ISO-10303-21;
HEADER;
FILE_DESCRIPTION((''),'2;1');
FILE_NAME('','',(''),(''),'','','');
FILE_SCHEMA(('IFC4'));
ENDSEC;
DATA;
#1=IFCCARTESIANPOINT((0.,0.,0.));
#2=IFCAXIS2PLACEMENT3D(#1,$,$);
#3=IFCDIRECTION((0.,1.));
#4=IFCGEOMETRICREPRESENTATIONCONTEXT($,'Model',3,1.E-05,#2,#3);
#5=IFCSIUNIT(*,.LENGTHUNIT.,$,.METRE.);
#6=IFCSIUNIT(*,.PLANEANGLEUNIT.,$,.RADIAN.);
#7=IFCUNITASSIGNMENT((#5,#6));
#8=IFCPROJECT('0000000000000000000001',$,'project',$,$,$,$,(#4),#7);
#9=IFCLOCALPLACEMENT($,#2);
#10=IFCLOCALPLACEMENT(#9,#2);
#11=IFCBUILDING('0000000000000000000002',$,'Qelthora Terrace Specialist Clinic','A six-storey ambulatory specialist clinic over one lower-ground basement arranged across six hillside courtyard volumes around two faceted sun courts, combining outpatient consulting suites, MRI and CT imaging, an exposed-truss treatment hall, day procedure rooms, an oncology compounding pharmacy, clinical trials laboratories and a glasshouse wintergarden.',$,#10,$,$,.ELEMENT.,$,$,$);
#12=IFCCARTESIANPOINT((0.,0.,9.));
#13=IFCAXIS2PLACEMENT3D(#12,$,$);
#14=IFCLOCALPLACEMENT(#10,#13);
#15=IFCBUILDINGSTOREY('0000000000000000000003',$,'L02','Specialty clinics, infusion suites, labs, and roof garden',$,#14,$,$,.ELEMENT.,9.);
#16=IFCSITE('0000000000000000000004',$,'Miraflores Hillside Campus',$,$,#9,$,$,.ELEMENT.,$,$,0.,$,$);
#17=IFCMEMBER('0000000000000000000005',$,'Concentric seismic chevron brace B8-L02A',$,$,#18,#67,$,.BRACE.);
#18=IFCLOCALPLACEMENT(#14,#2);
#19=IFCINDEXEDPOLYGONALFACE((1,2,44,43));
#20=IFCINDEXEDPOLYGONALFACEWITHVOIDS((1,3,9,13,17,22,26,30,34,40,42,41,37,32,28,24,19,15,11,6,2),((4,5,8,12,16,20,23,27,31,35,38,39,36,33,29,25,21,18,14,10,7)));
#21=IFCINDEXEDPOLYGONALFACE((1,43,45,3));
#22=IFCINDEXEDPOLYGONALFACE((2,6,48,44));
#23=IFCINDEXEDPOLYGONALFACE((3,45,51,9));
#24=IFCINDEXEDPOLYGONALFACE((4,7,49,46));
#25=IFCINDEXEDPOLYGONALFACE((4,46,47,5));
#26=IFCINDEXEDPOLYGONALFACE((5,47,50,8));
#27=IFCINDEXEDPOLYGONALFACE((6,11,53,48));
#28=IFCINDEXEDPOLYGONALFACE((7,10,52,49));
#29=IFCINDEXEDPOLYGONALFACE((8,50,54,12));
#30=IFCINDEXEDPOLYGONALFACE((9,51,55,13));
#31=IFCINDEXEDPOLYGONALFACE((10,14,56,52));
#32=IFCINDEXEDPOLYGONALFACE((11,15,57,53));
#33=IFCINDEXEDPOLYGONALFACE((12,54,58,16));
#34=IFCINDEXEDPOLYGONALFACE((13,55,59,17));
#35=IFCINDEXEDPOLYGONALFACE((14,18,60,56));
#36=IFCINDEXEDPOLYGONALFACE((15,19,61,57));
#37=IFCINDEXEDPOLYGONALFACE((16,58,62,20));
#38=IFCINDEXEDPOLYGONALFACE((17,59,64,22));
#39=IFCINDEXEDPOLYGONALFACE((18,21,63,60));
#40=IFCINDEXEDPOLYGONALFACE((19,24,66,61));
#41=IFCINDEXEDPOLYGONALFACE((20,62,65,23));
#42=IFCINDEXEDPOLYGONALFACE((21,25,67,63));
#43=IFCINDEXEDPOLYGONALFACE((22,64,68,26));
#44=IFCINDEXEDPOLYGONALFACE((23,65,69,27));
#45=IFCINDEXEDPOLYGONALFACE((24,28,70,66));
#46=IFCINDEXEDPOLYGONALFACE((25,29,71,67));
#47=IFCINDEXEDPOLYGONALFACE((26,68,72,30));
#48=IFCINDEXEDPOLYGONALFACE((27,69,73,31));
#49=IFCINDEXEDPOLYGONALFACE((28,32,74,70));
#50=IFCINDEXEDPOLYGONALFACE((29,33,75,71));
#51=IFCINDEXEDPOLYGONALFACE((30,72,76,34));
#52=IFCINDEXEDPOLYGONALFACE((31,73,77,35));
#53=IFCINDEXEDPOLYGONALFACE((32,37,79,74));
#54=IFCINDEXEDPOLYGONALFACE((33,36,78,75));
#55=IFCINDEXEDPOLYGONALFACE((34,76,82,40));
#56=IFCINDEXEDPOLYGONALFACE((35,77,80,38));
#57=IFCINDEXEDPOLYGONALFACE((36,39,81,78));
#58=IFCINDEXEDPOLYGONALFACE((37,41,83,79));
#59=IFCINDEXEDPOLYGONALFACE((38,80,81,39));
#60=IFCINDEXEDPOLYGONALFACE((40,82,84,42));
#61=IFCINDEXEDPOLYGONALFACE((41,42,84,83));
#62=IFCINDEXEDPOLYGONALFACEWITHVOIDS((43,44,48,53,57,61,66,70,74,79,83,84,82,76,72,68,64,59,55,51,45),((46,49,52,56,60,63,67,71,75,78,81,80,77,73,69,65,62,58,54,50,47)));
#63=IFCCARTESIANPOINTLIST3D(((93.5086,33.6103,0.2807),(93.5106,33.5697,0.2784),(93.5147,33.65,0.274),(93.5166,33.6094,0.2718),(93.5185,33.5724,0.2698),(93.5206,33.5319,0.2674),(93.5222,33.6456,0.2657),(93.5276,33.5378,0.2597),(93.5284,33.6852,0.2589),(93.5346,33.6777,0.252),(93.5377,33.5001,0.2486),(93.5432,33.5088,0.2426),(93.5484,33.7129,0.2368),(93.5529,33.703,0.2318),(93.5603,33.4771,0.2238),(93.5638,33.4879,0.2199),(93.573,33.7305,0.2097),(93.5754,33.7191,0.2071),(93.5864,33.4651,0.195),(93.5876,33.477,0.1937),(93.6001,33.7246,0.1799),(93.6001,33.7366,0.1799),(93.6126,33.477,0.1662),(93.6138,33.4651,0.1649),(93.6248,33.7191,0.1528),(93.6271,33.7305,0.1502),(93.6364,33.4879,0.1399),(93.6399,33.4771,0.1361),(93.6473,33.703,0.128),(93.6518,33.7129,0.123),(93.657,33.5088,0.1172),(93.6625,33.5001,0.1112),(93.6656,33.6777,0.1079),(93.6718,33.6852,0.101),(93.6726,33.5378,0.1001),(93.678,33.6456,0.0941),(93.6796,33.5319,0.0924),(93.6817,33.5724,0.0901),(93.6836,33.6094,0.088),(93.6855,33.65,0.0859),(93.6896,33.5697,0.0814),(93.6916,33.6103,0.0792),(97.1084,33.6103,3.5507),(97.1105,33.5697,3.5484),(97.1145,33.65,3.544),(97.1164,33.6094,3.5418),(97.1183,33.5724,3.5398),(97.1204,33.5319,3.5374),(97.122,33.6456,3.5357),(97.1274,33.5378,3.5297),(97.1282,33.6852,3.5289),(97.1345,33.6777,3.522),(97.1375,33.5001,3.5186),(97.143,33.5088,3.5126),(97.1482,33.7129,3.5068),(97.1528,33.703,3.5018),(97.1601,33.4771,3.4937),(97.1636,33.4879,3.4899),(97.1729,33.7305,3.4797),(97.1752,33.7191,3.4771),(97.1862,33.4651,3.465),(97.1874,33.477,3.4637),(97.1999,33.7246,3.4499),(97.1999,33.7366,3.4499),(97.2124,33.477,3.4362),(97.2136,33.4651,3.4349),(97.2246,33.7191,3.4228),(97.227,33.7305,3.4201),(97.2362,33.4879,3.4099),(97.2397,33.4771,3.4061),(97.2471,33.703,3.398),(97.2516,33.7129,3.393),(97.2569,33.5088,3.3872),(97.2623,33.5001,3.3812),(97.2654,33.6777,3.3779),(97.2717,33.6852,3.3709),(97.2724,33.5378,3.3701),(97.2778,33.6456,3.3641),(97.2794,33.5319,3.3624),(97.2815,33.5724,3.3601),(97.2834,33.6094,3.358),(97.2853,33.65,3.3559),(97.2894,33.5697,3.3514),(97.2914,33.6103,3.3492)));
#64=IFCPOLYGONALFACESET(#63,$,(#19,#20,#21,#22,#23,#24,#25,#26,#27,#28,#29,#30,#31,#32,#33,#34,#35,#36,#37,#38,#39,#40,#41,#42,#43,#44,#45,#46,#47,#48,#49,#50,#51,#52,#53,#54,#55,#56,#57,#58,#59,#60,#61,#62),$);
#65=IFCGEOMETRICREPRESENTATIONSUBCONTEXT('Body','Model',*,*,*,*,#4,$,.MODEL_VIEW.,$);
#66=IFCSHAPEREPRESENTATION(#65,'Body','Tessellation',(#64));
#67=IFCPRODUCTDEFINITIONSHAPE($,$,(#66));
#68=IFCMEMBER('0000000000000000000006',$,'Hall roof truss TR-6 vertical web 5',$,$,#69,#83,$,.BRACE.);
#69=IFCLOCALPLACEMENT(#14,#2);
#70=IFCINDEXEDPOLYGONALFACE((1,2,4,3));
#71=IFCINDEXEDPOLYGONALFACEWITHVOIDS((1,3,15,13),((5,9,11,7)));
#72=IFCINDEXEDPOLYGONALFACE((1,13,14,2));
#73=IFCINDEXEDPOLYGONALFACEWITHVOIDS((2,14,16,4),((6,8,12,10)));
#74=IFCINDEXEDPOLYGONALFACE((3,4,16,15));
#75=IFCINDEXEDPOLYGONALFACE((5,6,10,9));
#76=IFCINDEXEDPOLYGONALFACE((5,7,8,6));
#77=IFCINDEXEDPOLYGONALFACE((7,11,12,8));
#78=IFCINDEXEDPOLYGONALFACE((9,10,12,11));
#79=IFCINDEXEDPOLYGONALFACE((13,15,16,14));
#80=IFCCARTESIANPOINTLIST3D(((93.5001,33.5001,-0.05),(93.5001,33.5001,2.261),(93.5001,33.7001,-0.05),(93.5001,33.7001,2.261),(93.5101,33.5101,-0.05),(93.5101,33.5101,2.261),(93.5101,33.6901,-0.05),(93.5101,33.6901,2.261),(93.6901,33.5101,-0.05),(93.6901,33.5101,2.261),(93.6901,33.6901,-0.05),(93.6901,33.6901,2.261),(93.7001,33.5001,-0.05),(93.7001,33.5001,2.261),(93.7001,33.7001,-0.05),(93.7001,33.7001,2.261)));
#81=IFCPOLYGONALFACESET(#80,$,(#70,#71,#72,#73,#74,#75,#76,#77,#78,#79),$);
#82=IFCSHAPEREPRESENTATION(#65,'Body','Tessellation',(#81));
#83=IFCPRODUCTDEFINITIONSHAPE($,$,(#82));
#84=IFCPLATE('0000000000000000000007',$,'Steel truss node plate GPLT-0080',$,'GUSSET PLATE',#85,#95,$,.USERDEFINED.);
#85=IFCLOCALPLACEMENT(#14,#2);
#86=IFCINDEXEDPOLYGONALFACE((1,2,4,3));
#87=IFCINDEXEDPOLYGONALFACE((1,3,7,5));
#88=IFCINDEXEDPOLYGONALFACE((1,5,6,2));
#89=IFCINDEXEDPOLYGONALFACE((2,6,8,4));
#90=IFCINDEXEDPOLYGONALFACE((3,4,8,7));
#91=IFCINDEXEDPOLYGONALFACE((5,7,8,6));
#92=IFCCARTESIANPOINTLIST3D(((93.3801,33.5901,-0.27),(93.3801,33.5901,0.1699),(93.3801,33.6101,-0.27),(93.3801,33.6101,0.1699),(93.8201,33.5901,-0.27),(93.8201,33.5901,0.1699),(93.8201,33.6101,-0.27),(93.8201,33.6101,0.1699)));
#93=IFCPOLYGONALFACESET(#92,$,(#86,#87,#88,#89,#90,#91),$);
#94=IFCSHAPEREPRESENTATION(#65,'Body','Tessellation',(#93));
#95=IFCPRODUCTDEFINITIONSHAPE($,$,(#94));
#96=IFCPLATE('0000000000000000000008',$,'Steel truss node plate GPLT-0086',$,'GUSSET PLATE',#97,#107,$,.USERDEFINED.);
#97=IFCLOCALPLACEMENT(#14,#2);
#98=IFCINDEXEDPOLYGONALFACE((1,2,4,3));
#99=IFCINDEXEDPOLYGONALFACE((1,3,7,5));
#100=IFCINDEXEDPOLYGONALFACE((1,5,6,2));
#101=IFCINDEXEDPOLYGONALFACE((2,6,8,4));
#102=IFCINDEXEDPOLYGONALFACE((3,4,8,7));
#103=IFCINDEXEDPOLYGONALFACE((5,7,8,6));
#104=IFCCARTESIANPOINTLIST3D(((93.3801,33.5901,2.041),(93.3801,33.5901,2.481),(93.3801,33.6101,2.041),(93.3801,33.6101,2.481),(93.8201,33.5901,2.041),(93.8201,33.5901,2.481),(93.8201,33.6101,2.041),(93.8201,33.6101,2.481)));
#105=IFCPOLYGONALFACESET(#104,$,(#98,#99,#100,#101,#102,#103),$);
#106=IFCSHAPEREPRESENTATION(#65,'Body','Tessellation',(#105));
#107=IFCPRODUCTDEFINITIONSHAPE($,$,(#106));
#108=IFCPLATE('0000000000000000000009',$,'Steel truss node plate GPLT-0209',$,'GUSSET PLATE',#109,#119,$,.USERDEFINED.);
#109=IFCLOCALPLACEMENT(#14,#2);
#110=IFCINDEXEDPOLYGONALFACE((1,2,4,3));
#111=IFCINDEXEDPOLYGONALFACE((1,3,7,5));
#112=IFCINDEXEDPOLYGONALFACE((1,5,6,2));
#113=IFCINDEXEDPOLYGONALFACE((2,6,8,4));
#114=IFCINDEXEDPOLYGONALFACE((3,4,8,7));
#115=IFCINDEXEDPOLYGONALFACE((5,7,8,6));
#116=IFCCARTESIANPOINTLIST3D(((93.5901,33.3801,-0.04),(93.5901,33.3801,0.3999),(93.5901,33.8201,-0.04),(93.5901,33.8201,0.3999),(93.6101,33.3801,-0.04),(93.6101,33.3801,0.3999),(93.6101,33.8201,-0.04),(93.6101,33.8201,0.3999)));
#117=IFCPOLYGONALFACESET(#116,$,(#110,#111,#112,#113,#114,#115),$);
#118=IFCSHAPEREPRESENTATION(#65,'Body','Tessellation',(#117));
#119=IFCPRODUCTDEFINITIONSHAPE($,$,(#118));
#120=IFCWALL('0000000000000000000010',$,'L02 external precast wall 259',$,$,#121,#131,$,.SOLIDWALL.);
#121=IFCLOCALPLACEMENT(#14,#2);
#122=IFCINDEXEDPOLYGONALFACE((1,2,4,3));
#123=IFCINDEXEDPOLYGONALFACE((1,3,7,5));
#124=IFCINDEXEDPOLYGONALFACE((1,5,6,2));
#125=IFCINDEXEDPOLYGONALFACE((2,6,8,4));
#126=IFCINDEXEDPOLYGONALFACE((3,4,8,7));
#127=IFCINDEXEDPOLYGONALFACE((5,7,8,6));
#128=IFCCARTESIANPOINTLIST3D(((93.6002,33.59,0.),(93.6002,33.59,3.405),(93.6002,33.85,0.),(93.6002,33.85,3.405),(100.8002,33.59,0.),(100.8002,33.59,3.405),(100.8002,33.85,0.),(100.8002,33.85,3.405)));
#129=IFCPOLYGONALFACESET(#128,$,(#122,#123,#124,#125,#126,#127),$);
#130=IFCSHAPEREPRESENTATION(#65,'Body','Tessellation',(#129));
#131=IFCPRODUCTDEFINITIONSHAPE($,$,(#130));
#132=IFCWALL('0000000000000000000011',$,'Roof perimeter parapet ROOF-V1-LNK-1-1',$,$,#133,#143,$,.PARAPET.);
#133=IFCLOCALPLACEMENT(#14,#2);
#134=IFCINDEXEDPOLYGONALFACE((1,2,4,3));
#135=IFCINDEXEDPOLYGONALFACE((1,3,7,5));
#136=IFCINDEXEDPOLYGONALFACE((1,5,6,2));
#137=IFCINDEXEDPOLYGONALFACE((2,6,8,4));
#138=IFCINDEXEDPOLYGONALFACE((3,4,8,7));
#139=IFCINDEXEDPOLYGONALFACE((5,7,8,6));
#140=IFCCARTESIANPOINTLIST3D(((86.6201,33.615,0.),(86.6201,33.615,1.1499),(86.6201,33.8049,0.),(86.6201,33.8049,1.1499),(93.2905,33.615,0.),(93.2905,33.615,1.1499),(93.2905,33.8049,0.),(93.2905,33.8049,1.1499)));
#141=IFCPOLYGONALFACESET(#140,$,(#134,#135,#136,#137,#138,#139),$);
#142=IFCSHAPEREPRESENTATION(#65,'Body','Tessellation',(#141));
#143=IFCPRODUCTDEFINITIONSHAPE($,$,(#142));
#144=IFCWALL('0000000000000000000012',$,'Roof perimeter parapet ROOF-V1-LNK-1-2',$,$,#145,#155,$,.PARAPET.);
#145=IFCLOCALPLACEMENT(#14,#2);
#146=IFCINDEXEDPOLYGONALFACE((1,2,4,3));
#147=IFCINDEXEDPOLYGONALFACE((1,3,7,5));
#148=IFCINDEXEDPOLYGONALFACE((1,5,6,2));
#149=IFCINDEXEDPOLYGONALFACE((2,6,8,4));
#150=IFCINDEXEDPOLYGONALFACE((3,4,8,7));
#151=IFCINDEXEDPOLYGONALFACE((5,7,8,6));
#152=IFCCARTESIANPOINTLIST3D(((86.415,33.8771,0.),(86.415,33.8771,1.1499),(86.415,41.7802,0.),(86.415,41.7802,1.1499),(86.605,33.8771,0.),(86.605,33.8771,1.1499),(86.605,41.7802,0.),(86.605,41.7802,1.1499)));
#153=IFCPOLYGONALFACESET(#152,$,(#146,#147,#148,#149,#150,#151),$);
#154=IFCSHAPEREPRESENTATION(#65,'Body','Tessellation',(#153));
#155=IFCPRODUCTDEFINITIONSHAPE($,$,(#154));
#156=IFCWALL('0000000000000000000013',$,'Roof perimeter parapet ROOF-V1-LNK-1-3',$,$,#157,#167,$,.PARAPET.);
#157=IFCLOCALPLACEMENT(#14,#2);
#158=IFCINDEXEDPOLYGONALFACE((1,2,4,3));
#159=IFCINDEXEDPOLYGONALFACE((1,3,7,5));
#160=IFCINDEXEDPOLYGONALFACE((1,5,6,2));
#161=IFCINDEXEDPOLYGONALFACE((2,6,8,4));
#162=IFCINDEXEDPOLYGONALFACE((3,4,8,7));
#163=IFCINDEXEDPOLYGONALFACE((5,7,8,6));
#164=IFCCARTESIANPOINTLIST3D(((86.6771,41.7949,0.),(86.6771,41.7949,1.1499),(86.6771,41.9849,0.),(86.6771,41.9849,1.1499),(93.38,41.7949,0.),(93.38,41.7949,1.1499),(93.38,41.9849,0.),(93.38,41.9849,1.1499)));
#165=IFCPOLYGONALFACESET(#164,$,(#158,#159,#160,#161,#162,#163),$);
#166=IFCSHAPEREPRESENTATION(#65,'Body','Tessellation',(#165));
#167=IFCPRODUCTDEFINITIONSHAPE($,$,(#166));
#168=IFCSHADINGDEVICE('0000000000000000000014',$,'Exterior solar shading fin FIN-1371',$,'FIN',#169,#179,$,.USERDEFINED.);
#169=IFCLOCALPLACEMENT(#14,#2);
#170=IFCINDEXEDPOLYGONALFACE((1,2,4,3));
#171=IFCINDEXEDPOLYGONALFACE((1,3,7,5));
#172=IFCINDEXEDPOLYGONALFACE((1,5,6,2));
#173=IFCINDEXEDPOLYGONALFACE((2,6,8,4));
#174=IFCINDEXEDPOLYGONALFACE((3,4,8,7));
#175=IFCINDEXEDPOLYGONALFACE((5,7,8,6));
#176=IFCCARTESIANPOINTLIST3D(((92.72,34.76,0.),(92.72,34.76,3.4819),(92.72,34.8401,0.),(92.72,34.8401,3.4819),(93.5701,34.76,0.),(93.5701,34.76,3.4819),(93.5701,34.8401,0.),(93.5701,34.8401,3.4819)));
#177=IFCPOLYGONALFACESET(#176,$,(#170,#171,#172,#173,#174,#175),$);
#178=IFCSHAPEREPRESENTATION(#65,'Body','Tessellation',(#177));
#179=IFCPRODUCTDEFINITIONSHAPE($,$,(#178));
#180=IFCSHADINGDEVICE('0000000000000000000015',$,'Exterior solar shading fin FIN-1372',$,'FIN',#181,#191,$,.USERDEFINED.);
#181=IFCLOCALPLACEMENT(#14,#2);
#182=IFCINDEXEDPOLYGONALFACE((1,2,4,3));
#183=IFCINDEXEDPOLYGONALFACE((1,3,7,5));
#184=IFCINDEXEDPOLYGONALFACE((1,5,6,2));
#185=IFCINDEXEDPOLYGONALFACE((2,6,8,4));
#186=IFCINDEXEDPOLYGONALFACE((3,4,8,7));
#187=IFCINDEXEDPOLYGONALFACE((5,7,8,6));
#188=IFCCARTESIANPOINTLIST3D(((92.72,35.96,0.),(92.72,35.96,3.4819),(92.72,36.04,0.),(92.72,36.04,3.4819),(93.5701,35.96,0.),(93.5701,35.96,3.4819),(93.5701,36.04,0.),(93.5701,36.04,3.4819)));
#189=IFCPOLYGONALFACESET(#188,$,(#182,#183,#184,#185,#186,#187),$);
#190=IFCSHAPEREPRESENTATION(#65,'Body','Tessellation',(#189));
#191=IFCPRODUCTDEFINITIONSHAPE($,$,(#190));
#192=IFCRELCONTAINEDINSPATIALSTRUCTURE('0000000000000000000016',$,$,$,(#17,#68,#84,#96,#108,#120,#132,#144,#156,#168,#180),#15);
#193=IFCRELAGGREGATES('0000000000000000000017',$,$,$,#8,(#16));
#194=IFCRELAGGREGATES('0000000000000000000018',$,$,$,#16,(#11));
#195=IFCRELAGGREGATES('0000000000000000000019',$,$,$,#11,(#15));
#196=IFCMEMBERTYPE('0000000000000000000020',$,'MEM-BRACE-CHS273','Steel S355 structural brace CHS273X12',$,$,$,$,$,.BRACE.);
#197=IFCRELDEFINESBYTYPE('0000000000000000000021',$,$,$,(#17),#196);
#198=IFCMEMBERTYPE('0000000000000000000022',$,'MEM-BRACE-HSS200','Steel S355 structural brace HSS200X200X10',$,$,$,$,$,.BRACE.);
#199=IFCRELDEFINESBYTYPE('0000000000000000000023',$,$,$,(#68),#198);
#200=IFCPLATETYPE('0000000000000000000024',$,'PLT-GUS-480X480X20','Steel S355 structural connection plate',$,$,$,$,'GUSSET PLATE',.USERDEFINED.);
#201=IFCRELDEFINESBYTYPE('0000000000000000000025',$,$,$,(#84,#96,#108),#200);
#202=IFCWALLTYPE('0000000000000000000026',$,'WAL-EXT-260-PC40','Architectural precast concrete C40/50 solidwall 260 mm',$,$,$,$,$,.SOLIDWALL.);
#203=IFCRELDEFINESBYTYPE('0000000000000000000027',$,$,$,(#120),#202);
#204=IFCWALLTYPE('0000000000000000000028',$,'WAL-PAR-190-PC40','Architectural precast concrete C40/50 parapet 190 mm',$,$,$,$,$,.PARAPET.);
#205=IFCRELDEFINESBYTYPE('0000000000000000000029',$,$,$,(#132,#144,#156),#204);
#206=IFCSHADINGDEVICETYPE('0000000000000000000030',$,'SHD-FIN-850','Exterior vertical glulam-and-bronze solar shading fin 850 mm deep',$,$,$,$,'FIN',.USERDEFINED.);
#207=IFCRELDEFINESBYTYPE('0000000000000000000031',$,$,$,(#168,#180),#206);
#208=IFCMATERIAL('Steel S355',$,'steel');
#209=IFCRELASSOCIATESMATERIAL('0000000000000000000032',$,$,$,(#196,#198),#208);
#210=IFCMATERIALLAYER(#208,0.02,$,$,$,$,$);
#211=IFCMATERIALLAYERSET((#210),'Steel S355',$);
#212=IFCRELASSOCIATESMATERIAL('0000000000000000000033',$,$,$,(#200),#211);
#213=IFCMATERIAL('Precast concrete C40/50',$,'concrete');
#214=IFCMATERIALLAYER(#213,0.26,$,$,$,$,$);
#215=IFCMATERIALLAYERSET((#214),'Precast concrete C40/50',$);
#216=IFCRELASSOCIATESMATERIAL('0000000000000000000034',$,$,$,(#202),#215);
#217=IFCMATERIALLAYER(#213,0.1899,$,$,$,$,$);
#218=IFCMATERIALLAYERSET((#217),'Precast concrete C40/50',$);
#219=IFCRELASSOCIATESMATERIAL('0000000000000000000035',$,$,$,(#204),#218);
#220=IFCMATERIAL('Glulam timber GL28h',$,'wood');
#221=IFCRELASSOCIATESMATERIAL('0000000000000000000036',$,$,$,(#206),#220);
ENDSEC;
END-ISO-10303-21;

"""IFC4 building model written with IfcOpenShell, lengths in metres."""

from ifc_helpers import new_model, si_unit, direction, frame, frame_2d, origin, origin_2d, place, context, subcontext, project, spatial, rectangle, hollow_rectangle, hollow_circle, extrude, material, layer, layer_set, material_profile, profile_set, type_object, element, save


model = new_model("IFC4")

# Units and contexts
model_context = context("Model", 3, precision=1e-05, world=origin(), true_north=direction((0.0, 1.0)))
body_context = subcontext(model_context, "Body", "Model", "MODEL_VIEW")
ifc_project = project(units=[si_unit("LENGTHUNIT", "METRE"), si_unit("PLANEANGLEUNIT", "RADIAN")], contexts=[model_context])

# Site, building, storey
site_placement = place(None, origin())
site = spatial("IfcSite", under=ifc_project, at=site_placement, Name="Miraflores Hillside Campus", CompositionType="ELEMENT", RefElevation=0.0)
building_placement = place(site_placement, origin())
building = spatial("IfcBuilding", under=site, at=building_placement, Name="Qelthora Terrace Specialist Clinic", Description="A six-storey ambulatory specialist clinic over one lower-ground basement arranged across six hillside courtyard volumes around two faceted sun courts, combining outpatient consulting suites, MRI and CT imaging, an exposed-truss treatment hall, day procedure rooms, an oncology compounding pharmacy, clinical trials laboratories and a glasshouse wintergarden.", CompositionType="ELEMENT")
storey_placement = place(building_placement, frame((0.0, 0.0, 9.0)))
storey = spatial("IfcBuildingStorey", under=building, at=storey_placement, Name="L02", Description="Specialty clinics, infusion suites, labs, and roof garden", CompositionType="ELEMENT", Elevation=9.0)

# Shared definitions
ifc_material_1 = material(Name="Steel S355", Category="steel")

# Members
ifc_material_profile_1 = material_profile(ifc_material_1, hollow_circle(Radius=0.1365, WallThickness=0.012, at=origin_2d()), Name="CHS273X12")
ifc_profile_set_1 = profile_set([ifc_material_profile_1], Name="Steel S355")
member_type_1 = type_object("IfcMemberType", Name="MEM-BRACE-CHS273", Description="Steel S355 structural brace CHS273X12", PredefinedType="BRACE", material=ifc_profile_set_1)
member_1_placement = place(storey_placement, frame((93.6001, 33.6001, 0.1799), z_axis=(0.740204, 0.0, 0.672383), x_axis=(0.0, 1.0, 0.0)))
element("IfcMember", 1, at=member_1_placement, inside=storey, type_object=member_type_1, Name="Concentric seismic chevron brace B8-L02A", PredefinedType="BRACE", context=body_context, shape_type="SweptSolid", body=[
    extrude(hollow_circle(Radius=0.1365, WallThickness=0.012, at=origin_2d()), origin(), (0.0, 0.0, 1.0), 4.8633),
])
ifc_material_profile_2 = material_profile(ifc_material_1, hollow_rectangle(XDim=0.2, YDim=0.2, WallThickness=0.01, at=origin_2d()), Name="HSS200X200X10")
ifc_profile_set_2 = profile_set([ifc_material_profile_2], Name="Steel S355")
member_type_2 = type_object("IfcMemberType", Name="MEM-BRACE-HSS200", Description="Steel S355 structural brace HSS200X200X10", PredefinedType="BRACE", material=ifc_profile_set_2)
member_2_placement = place(storey_placement, frame((93.6001, 33.6001, -0.05), z_axis=(0.0, 0.0, 1.0), x_axis=(1.0, 0.0, 0.0)))
element("IfcMember", 2, at=member_2_placement, inside=storey, type_object=member_type_2, Name="Hall roof truss TR-6 vertical web 5", PredefinedType="BRACE", context=body_context, shape_type="SweptSolid", body=[
    extrude(hollow_rectangle(XDim=0.2, YDim=0.2, WallThickness=0.01, at=origin_2d()), origin(), (0.0, 0.0, 1.0), 2.311),
])

# Plates
ifc_layer_1 = layer(ifc_material_1, 0.02)
ifc_layer_set_1 = layer_set([ifc_layer_1], Name="Steel S355")
plate_type = type_object("IfcPlateType", Name="PLT-GUS-480X480X20", Description="Steel S355 structural connection plate", ElementType="GUSSET PLATE", PredefinedType="USERDEFINED", material=ifc_layer_set_1)
for number, where, z_axis, x_axis, name in (
    (3, (93.6001, 33.6001, -0.27), (0.0, 0.0, 1.0), (1.0, 0.0, 0.0), "Steel truss node plate GPLT-0080"),
    (4, (93.6001, 33.6001, 2.041), (0.0, 0.0, 1.0), (1.0, 0.0, 0.0), "Steel truss node plate GPLT-0086"),
):
    element("IfcPlate", number, at=place(storey_placement, frame(where, z_axis=z_axis, x_axis=x_axis)), inside=storey, type_object=plate_type, Name=name, ObjectType="GUSSET PLATE", PredefinedType="USERDEFINED", context=body_context, shape_type="SweptSolid", body=[
        extrude(rectangle(XDim=0.4399, YDim=0.02, at=origin_2d()), origin(), (0.0, 0.0, 1.0), 0.4399),
    ])
plate_placement = place(storey_placement, frame((93.6001, 33.6001, -0.04), z_axis=(0.0, 0.0, 1.0), x_axis=(1.0, 0.0, 0.0)))
element("IfcPlate", 5, at=plate_placement, inside=storey, type_object=plate_type, Name="Steel truss node plate GPLT-0209", ObjectType="GUSSET PLATE", PredefinedType="USERDEFINED", context=body_context, shape_type="SweptSolid", body=[
    extrude(rectangle(XDim=0.02, YDim=0.4399, at=origin_2d()), origin(), (0.0, 0.0, 1.0), 0.4399),
])

# Walls
ifc_material_2 = material(Name="Precast concrete C40/50", Category="concrete")
ifc_layer_2 = layer(ifc_material_2, 0.26)
ifc_layer_set_2 = layer_set([ifc_layer_2], Name="Precast concrete C40/50")
wall_type_1 = type_object("IfcWallType", Name="WAL-EXT-260-PC40", Description="Architectural precast concrete C40/50 solidwall 260 mm", PredefinedType="SOLIDWALL", material=ifc_layer_set_2)
wall_1_placement = place(storey_placement, frame((93.6001, 33.72, 0.0), z_axis=(0.0, 0.0, 1.0), x_axis=(1.0, 0.0, 0.0)))
element("IfcWall", 6, at=wall_1_placement, inside=storey, type_object=wall_type_1, Name="L02 external precast wall 259", PredefinedType="SOLIDWALL", context=body_context, shape_type="SweptSolid", body=[
    extrude(rectangle(XDim=7.2, YDim=0.26, at=frame_2d((3.6001, 0.0))), origin(), (0.0, 0.0, 1.0), 3.405),
])
ifc_layer_3 = layer(ifc_material_2, 0.1899)
ifc_layer_set_3 = layer_set([ifc_layer_3], Name="Precast concrete C40/50")
wall_type_2 = type_object("IfcWallType", Name="WAL-PAR-190-PC40", Description="Architectural precast concrete C40/50 parapet 190 mm", PredefinedType="PARAPET", material=ifc_layer_set_3)
wall_2_placement = place(storey_placement, frame((93.2905, 33.71, 0.0), z_axis=(0.0, 0.0, 1.0), x_axis=(-1.0, 0.0, 0.0)))
element("IfcWall", 7, at=wall_2_placement, inside=storey, type_object=wall_type_2, Name="Roof perimeter parapet ROOF-V1-LNK-1-1", PredefinedType="PARAPET", context=body_context, shape_type="SweptSolid", body=[
    extrude(rectangle(XDim=6.6704, YDim=0.1899, at=frame_2d((3.3352, 0.0))), origin(), (0.0, 0.0, 1.0), 1.1499),
])
wall_3_placement = place(storey_placement, frame((86.51, 33.877, 0.0), z_axis=(0.0, 0.0, 1.0), x_axis=(0.0, 1.0, 0.0)))
element("IfcWall", 8, at=wall_3_placement, inside=storey, type_object=wall_type_2, Name="Roof perimeter parapet ROOF-V1-LNK-1-2", PredefinedType="PARAPET", context=body_context, shape_type="SweptSolid", body=[
    extrude(rectangle(XDim=7.9031, YDim=0.1899, at=frame_2d((3.9517, 0.0))), origin(), (0.0, 0.0, 1.0), 1.1499),
])
wall_4_placement = place(storey_placement, frame((86.677, 41.8899, 0.0), z_axis=(0.0, 0.0, 1.0), x_axis=(1.0, 0.0, 0.0)))
element("IfcWall", 9, at=wall_4_placement, inside=storey, type_object=wall_type_2, Name="Roof perimeter parapet ROOF-V1-LNK-1-3", PredefinedType="PARAPET", context=body_context, shape_type="SweptSolid", body=[
    extrude(rectangle(XDim=6.7029, YDim=0.1899, at=frame_2d((3.3516, 0.0))), origin(), (0.0, 0.0, 1.0), 1.1499),
])

# Shading devices
ifc_material_3 = material(Name="Glulam timber GL28h", Category="wood")
shading_device_type = type_object("IfcShadingDeviceType", Name="SHD-FIN-850", Description="Exterior vertical glulam-and-bronze solar shading fin 850 mm deep", ElementType="FIN", PredefinedType="USERDEFINED", material=ifc_material_3)
for number, where, z_axis, x_axis, name in (
    (10, (93.145, 34.8, 0.0), (0.0, 0.0, 1.0), (-1.0, 0.0, 0.0), "Exterior solar shading fin FIN-1371"),
    (11, (93.145, 36.0, 0.0), (0.0, 0.0, 1.0), (-1.0, 0.0, 0.0), "Exterior solar shading fin FIN-1372"),
):
    element("IfcShadingDevice", number, at=place(storey_placement, frame(where, z_axis=z_axis, x_axis=x_axis)), inside=storey, type_object=shading_device_type, Name=name, ObjectType="FIN", PredefinedType="USERDEFINED", context=body_context, shape_type="SweptSolid", body=[
        extrude(rectangle(XDim=0.8501, YDim=0.0801, at=origin_2d()), origin(), (0.0, 0.0, 1.0), 3.4819),
    ])

save(model, "model.ifc")
